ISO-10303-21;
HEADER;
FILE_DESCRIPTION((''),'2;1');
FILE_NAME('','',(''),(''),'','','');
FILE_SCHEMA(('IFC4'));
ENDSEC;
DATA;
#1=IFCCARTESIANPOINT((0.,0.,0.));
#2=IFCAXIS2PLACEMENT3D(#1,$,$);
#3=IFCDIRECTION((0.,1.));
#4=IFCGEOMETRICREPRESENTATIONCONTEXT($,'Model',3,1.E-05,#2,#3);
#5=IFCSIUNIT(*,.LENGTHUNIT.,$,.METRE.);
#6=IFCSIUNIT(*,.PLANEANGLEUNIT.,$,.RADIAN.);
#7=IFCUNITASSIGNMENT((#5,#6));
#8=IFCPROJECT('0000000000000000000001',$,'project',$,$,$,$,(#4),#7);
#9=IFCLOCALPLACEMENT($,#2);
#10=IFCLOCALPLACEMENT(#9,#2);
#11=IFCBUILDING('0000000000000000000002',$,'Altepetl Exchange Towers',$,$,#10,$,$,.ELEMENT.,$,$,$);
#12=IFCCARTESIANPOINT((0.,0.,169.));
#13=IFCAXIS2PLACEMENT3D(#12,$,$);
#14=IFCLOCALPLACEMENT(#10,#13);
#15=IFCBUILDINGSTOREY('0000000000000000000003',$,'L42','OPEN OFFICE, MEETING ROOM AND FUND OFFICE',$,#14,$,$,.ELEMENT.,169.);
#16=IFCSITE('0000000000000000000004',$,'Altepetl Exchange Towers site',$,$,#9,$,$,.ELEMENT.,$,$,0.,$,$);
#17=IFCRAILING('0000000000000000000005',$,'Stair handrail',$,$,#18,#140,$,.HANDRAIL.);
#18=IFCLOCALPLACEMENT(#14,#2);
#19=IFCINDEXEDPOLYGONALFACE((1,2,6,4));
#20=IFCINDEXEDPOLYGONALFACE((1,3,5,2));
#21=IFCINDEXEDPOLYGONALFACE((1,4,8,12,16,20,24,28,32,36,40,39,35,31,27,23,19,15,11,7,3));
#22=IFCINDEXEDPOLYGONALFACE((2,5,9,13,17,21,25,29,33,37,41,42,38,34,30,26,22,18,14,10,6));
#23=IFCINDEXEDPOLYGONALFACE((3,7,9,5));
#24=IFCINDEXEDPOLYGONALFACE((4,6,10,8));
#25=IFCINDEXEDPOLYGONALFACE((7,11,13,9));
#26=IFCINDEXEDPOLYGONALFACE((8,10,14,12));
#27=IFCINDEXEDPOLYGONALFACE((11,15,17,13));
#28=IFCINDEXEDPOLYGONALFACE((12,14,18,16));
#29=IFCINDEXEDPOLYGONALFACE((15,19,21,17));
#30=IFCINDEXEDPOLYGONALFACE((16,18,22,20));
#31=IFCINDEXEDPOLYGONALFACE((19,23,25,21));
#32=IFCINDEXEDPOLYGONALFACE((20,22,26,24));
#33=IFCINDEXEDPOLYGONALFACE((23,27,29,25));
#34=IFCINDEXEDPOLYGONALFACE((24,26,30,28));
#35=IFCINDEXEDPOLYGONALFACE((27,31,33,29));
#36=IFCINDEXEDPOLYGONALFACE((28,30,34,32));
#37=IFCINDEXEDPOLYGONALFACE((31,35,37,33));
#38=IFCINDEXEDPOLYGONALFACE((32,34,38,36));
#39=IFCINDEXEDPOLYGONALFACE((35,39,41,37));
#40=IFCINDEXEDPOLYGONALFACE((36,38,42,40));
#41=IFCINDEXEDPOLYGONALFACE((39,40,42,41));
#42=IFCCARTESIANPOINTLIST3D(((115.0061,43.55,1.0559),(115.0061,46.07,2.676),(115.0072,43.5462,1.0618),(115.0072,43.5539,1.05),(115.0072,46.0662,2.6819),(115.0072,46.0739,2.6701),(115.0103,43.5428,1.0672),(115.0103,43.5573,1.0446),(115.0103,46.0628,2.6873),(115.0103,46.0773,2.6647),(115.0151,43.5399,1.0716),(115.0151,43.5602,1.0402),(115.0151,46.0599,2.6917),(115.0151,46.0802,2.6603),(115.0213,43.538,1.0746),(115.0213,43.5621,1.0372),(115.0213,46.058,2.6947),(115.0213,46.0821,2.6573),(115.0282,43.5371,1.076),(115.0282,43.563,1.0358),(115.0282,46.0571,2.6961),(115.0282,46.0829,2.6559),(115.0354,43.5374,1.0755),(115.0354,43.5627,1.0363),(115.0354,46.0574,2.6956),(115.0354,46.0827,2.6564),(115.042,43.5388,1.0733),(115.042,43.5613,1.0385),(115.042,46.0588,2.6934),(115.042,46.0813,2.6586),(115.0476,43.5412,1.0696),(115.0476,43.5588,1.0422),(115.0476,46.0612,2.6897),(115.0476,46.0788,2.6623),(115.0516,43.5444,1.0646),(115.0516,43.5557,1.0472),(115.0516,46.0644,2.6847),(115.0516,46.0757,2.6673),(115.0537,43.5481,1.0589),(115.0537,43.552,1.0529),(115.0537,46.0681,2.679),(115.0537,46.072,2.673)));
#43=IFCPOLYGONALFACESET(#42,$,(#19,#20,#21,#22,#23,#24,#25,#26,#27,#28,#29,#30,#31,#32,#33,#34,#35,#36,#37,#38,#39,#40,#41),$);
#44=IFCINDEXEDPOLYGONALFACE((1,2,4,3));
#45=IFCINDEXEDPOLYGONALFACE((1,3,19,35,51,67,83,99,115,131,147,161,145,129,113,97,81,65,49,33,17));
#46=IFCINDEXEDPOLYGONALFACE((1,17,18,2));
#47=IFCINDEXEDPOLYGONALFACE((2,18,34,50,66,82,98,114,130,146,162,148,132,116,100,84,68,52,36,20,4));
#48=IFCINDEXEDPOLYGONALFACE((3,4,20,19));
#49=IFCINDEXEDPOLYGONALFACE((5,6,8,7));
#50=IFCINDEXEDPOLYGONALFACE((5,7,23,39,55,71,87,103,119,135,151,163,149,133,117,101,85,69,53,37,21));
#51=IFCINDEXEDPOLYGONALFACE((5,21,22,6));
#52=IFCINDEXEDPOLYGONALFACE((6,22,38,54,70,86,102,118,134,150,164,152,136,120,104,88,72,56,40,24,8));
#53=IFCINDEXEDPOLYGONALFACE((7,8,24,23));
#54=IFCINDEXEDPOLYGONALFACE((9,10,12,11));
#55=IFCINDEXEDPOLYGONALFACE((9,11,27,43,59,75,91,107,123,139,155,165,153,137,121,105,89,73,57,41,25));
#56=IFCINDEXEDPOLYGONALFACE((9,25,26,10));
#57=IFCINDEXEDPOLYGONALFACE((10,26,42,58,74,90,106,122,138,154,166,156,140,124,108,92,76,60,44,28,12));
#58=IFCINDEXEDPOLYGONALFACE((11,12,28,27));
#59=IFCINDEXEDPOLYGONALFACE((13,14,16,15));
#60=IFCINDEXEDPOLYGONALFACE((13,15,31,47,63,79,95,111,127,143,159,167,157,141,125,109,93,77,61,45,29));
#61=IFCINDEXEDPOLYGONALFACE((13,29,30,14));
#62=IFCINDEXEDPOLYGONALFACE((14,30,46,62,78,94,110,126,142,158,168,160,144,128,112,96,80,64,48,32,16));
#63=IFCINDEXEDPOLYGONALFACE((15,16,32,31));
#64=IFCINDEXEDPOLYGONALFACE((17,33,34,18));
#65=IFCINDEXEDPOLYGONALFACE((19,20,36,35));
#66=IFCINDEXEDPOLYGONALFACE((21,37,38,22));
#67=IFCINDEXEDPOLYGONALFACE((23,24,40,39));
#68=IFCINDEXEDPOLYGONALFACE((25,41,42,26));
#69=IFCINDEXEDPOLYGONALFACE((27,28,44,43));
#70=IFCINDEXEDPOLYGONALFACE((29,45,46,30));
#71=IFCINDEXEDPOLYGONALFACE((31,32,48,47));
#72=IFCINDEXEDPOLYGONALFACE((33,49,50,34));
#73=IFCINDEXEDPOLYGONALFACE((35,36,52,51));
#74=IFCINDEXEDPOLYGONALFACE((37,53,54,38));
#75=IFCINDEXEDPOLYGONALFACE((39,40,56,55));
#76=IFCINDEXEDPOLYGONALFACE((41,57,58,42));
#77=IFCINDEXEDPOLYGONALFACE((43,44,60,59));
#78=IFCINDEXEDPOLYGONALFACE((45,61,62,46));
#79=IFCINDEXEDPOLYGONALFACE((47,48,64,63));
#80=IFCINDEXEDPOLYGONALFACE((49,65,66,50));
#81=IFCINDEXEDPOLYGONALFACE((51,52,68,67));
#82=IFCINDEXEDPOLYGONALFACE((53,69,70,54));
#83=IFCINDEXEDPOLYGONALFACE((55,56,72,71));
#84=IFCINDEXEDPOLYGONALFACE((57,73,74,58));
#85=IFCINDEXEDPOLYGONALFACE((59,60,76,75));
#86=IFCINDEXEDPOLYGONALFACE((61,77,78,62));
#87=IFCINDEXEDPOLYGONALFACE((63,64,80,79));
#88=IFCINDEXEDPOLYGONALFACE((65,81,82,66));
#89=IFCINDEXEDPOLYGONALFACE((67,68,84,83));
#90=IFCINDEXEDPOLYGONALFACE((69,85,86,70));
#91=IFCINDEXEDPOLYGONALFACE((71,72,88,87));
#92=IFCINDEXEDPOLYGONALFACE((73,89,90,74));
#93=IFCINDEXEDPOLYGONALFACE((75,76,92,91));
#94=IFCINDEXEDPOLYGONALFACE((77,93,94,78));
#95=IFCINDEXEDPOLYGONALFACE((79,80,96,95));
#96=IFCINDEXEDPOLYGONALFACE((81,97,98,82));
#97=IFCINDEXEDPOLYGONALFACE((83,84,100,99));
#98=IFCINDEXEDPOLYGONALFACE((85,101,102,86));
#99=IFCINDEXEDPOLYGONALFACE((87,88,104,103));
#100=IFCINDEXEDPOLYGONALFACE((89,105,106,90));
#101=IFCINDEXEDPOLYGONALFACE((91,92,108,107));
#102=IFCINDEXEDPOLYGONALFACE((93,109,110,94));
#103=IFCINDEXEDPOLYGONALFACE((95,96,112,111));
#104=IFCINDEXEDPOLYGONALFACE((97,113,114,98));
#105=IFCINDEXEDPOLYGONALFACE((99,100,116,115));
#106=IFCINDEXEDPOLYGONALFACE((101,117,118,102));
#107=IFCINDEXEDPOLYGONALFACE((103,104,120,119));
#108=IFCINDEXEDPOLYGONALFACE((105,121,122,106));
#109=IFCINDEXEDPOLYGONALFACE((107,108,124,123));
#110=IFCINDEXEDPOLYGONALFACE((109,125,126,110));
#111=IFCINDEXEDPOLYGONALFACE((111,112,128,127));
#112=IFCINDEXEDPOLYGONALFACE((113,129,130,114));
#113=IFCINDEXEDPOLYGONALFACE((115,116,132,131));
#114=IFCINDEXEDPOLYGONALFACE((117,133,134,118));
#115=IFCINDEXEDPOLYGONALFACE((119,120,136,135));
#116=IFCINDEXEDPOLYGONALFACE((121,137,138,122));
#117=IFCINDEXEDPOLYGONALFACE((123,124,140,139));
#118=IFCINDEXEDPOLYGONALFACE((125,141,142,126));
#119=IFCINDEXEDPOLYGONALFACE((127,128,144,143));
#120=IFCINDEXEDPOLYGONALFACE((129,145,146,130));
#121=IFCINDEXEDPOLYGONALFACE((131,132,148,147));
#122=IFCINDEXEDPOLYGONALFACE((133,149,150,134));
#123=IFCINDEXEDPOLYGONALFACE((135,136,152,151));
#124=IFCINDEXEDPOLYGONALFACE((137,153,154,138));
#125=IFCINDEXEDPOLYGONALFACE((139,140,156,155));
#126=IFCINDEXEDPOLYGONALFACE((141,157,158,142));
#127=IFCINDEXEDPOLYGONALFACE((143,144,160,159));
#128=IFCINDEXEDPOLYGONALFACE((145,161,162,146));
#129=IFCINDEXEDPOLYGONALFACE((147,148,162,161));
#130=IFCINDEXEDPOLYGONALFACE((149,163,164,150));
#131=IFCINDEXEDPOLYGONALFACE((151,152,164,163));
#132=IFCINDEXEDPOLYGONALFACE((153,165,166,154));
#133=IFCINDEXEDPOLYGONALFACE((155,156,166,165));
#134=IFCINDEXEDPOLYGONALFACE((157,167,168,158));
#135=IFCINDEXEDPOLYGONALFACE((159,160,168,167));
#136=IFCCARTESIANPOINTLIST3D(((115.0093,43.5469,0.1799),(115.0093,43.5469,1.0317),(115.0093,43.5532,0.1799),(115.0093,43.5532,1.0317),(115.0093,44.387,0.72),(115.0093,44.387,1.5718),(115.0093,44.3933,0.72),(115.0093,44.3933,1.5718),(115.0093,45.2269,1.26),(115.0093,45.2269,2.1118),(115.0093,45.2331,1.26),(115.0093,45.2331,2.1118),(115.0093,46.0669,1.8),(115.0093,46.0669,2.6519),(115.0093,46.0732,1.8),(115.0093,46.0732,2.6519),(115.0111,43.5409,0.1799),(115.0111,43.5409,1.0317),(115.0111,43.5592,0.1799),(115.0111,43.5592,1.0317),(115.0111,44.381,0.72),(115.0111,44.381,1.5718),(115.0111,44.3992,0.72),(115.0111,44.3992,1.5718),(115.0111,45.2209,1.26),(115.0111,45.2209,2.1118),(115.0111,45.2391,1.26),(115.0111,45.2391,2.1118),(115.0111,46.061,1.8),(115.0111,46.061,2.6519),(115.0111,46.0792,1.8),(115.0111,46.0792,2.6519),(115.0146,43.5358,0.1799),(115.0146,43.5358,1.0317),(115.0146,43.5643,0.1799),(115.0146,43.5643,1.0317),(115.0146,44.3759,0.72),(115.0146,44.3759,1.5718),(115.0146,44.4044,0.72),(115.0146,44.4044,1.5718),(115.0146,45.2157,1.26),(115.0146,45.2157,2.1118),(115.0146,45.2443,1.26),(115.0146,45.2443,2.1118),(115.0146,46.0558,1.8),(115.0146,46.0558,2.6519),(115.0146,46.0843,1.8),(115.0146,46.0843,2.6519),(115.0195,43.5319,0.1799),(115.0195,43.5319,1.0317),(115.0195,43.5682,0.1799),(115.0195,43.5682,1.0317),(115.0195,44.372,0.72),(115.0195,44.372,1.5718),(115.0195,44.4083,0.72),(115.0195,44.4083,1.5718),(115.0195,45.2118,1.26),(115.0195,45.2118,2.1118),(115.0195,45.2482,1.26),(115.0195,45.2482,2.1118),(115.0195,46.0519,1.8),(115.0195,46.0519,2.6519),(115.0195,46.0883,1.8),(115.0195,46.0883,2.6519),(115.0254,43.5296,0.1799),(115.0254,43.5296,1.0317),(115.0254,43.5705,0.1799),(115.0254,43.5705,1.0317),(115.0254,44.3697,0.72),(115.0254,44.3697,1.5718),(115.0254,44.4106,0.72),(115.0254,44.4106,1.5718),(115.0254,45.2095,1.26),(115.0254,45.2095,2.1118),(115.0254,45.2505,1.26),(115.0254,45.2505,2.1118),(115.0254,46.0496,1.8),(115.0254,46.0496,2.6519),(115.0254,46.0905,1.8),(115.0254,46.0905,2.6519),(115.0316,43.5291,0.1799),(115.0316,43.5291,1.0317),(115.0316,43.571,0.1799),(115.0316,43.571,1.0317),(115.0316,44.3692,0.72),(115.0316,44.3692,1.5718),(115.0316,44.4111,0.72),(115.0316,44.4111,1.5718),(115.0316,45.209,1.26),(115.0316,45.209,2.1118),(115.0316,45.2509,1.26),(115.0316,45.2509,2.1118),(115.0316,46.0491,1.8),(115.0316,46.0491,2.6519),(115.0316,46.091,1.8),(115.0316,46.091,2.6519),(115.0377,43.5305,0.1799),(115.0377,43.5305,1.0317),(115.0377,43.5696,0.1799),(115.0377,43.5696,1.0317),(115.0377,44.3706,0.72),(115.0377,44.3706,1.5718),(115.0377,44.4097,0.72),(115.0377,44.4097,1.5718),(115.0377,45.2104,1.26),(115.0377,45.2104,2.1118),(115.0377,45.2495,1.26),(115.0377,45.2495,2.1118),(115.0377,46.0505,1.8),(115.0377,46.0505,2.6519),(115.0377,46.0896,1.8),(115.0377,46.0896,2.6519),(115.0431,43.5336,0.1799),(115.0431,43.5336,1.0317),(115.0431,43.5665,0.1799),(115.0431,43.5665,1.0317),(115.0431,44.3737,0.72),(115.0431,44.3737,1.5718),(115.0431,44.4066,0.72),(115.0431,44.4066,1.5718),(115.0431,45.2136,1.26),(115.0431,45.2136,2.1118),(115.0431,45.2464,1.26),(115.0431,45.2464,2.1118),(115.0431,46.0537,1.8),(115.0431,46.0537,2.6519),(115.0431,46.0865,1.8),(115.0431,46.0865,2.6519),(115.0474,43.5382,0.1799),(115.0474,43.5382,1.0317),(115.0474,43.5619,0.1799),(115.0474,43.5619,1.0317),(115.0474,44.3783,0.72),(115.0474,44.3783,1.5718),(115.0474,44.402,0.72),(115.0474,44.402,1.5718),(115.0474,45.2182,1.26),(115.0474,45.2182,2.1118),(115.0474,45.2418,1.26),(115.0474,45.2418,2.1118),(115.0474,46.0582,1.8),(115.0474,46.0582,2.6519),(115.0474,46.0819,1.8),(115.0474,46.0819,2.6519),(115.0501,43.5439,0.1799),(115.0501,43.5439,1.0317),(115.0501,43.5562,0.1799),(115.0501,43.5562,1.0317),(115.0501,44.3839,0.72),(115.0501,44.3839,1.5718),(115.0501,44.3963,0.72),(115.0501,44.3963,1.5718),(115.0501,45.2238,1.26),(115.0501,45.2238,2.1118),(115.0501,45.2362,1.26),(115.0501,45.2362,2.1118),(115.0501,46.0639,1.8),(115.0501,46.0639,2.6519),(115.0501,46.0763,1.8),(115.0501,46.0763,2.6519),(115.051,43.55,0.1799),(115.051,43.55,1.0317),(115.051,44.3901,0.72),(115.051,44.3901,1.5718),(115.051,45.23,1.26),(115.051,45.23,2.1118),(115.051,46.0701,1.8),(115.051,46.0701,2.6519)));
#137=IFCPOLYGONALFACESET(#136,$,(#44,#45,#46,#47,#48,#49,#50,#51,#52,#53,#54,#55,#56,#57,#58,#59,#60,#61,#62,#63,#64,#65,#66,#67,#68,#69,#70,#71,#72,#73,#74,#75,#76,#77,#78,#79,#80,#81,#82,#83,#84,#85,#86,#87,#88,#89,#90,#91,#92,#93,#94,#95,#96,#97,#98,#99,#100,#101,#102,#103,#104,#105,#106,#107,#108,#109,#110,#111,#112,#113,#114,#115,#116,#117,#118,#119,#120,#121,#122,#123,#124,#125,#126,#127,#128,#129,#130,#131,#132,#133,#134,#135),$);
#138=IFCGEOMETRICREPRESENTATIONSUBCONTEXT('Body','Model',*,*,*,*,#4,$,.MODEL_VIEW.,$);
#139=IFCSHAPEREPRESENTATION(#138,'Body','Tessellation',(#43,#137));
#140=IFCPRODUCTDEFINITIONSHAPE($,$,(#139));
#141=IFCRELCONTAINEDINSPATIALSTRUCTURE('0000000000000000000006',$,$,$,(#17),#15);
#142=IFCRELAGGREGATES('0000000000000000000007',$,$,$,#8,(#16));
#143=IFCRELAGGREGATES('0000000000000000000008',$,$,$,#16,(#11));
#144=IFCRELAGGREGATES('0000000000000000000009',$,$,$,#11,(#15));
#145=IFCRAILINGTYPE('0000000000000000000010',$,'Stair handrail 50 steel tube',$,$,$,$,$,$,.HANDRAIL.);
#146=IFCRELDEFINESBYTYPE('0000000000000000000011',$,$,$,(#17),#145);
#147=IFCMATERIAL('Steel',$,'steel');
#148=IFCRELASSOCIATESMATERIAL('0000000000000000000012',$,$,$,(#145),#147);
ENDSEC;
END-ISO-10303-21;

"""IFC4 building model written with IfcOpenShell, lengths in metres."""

from ifc_helpers import new_model, si_unit, direction, frame, origin, origin_2d, place, context, subcontext, project, spatial, circle, extrude, source, transform, mapped, material, type_object, element, save


model = new_model("IFC4")

# Units and contexts
model_context = context("Model", 3, precision=1e-05, world=origin(), true_north=direction((0.0, 1.0)))
body_context = subcontext(model_context, "Body", "Model", "MODEL_VIEW")
ifc_project = project(units=[si_unit("LENGTHUNIT", "METRE"), si_unit("PLANEANGLEUNIT", "RADIAN")], contexts=[model_context])

# Site, building, storey
site_placement = place(None, origin())
site = spatial("IfcSite", under=ifc_project, at=site_placement, Name="Altepetl Exchange Towers site", CompositionType="ELEMENT", RefElevation=0.0)
building_placement = place(site_placement, origin())
building = spatial("IfcBuilding", under=site, at=building_placement, Name="Altepetl Exchange Towers", CompositionType="ELEMENT")
storey_placement = place(building_placement, frame((0.0, 0.0, 169.0)))
storey = spatial("IfcBuildingStorey", under=building, at=storey_placement, Name="L42", Description="OPEN OFFICE, MEETING ROOM AND FUND OFFICE", CompositionType="ELEMENT", Elevation=169.0)

# Railing
ifc_material_1 = material(Name="Steel", Category="steel")
railing_type = type_object("IfcRailingType", Name="Stair handrail 50 steel tube", PredefinedType="HANDRAIL", material=ifc_material_1)
shared_shape = source(origin(), body_context, "Body", "SweptSolid", [
    extrude(circle(Radius=0.021, at=origin_2d()), origin(), (0.0, 0.0, 1.0), 0.8518),
])
railing_1_placement = place(storey_placement, frame((115.03, 43.55, 0.1799)))
element("IfcRailing", 1, at=railing_1_placement, inside=storey, type_object=railing_type, Name="Stair handrail", PredefinedType="HANDRAIL", context=body_context, shape_type="SweptSolid", body=[
    extrude(circle(Radius=0.0239, at=origin_2d()), frame((0.0, 0.0, 0.876), z_axis=(0.0, 0.841163, 0.540782), x_axis=(-1.0, 0.0, 0.0)), (0.0, 0.0, 1.0), 2.9958),
    mapped(shared_shape, transform((0.0, 0.0, 0.0))),
    mapped(shared_shape, transform((0.0, 0.8401, 0.54))),
    mapped(shared_shape, transform((0.0, 1.6799, 1.0801))),
    mapped(shared_shape, transform((0.0, 2.52, 1.6201))),
])

save(model, "model.ifc")
